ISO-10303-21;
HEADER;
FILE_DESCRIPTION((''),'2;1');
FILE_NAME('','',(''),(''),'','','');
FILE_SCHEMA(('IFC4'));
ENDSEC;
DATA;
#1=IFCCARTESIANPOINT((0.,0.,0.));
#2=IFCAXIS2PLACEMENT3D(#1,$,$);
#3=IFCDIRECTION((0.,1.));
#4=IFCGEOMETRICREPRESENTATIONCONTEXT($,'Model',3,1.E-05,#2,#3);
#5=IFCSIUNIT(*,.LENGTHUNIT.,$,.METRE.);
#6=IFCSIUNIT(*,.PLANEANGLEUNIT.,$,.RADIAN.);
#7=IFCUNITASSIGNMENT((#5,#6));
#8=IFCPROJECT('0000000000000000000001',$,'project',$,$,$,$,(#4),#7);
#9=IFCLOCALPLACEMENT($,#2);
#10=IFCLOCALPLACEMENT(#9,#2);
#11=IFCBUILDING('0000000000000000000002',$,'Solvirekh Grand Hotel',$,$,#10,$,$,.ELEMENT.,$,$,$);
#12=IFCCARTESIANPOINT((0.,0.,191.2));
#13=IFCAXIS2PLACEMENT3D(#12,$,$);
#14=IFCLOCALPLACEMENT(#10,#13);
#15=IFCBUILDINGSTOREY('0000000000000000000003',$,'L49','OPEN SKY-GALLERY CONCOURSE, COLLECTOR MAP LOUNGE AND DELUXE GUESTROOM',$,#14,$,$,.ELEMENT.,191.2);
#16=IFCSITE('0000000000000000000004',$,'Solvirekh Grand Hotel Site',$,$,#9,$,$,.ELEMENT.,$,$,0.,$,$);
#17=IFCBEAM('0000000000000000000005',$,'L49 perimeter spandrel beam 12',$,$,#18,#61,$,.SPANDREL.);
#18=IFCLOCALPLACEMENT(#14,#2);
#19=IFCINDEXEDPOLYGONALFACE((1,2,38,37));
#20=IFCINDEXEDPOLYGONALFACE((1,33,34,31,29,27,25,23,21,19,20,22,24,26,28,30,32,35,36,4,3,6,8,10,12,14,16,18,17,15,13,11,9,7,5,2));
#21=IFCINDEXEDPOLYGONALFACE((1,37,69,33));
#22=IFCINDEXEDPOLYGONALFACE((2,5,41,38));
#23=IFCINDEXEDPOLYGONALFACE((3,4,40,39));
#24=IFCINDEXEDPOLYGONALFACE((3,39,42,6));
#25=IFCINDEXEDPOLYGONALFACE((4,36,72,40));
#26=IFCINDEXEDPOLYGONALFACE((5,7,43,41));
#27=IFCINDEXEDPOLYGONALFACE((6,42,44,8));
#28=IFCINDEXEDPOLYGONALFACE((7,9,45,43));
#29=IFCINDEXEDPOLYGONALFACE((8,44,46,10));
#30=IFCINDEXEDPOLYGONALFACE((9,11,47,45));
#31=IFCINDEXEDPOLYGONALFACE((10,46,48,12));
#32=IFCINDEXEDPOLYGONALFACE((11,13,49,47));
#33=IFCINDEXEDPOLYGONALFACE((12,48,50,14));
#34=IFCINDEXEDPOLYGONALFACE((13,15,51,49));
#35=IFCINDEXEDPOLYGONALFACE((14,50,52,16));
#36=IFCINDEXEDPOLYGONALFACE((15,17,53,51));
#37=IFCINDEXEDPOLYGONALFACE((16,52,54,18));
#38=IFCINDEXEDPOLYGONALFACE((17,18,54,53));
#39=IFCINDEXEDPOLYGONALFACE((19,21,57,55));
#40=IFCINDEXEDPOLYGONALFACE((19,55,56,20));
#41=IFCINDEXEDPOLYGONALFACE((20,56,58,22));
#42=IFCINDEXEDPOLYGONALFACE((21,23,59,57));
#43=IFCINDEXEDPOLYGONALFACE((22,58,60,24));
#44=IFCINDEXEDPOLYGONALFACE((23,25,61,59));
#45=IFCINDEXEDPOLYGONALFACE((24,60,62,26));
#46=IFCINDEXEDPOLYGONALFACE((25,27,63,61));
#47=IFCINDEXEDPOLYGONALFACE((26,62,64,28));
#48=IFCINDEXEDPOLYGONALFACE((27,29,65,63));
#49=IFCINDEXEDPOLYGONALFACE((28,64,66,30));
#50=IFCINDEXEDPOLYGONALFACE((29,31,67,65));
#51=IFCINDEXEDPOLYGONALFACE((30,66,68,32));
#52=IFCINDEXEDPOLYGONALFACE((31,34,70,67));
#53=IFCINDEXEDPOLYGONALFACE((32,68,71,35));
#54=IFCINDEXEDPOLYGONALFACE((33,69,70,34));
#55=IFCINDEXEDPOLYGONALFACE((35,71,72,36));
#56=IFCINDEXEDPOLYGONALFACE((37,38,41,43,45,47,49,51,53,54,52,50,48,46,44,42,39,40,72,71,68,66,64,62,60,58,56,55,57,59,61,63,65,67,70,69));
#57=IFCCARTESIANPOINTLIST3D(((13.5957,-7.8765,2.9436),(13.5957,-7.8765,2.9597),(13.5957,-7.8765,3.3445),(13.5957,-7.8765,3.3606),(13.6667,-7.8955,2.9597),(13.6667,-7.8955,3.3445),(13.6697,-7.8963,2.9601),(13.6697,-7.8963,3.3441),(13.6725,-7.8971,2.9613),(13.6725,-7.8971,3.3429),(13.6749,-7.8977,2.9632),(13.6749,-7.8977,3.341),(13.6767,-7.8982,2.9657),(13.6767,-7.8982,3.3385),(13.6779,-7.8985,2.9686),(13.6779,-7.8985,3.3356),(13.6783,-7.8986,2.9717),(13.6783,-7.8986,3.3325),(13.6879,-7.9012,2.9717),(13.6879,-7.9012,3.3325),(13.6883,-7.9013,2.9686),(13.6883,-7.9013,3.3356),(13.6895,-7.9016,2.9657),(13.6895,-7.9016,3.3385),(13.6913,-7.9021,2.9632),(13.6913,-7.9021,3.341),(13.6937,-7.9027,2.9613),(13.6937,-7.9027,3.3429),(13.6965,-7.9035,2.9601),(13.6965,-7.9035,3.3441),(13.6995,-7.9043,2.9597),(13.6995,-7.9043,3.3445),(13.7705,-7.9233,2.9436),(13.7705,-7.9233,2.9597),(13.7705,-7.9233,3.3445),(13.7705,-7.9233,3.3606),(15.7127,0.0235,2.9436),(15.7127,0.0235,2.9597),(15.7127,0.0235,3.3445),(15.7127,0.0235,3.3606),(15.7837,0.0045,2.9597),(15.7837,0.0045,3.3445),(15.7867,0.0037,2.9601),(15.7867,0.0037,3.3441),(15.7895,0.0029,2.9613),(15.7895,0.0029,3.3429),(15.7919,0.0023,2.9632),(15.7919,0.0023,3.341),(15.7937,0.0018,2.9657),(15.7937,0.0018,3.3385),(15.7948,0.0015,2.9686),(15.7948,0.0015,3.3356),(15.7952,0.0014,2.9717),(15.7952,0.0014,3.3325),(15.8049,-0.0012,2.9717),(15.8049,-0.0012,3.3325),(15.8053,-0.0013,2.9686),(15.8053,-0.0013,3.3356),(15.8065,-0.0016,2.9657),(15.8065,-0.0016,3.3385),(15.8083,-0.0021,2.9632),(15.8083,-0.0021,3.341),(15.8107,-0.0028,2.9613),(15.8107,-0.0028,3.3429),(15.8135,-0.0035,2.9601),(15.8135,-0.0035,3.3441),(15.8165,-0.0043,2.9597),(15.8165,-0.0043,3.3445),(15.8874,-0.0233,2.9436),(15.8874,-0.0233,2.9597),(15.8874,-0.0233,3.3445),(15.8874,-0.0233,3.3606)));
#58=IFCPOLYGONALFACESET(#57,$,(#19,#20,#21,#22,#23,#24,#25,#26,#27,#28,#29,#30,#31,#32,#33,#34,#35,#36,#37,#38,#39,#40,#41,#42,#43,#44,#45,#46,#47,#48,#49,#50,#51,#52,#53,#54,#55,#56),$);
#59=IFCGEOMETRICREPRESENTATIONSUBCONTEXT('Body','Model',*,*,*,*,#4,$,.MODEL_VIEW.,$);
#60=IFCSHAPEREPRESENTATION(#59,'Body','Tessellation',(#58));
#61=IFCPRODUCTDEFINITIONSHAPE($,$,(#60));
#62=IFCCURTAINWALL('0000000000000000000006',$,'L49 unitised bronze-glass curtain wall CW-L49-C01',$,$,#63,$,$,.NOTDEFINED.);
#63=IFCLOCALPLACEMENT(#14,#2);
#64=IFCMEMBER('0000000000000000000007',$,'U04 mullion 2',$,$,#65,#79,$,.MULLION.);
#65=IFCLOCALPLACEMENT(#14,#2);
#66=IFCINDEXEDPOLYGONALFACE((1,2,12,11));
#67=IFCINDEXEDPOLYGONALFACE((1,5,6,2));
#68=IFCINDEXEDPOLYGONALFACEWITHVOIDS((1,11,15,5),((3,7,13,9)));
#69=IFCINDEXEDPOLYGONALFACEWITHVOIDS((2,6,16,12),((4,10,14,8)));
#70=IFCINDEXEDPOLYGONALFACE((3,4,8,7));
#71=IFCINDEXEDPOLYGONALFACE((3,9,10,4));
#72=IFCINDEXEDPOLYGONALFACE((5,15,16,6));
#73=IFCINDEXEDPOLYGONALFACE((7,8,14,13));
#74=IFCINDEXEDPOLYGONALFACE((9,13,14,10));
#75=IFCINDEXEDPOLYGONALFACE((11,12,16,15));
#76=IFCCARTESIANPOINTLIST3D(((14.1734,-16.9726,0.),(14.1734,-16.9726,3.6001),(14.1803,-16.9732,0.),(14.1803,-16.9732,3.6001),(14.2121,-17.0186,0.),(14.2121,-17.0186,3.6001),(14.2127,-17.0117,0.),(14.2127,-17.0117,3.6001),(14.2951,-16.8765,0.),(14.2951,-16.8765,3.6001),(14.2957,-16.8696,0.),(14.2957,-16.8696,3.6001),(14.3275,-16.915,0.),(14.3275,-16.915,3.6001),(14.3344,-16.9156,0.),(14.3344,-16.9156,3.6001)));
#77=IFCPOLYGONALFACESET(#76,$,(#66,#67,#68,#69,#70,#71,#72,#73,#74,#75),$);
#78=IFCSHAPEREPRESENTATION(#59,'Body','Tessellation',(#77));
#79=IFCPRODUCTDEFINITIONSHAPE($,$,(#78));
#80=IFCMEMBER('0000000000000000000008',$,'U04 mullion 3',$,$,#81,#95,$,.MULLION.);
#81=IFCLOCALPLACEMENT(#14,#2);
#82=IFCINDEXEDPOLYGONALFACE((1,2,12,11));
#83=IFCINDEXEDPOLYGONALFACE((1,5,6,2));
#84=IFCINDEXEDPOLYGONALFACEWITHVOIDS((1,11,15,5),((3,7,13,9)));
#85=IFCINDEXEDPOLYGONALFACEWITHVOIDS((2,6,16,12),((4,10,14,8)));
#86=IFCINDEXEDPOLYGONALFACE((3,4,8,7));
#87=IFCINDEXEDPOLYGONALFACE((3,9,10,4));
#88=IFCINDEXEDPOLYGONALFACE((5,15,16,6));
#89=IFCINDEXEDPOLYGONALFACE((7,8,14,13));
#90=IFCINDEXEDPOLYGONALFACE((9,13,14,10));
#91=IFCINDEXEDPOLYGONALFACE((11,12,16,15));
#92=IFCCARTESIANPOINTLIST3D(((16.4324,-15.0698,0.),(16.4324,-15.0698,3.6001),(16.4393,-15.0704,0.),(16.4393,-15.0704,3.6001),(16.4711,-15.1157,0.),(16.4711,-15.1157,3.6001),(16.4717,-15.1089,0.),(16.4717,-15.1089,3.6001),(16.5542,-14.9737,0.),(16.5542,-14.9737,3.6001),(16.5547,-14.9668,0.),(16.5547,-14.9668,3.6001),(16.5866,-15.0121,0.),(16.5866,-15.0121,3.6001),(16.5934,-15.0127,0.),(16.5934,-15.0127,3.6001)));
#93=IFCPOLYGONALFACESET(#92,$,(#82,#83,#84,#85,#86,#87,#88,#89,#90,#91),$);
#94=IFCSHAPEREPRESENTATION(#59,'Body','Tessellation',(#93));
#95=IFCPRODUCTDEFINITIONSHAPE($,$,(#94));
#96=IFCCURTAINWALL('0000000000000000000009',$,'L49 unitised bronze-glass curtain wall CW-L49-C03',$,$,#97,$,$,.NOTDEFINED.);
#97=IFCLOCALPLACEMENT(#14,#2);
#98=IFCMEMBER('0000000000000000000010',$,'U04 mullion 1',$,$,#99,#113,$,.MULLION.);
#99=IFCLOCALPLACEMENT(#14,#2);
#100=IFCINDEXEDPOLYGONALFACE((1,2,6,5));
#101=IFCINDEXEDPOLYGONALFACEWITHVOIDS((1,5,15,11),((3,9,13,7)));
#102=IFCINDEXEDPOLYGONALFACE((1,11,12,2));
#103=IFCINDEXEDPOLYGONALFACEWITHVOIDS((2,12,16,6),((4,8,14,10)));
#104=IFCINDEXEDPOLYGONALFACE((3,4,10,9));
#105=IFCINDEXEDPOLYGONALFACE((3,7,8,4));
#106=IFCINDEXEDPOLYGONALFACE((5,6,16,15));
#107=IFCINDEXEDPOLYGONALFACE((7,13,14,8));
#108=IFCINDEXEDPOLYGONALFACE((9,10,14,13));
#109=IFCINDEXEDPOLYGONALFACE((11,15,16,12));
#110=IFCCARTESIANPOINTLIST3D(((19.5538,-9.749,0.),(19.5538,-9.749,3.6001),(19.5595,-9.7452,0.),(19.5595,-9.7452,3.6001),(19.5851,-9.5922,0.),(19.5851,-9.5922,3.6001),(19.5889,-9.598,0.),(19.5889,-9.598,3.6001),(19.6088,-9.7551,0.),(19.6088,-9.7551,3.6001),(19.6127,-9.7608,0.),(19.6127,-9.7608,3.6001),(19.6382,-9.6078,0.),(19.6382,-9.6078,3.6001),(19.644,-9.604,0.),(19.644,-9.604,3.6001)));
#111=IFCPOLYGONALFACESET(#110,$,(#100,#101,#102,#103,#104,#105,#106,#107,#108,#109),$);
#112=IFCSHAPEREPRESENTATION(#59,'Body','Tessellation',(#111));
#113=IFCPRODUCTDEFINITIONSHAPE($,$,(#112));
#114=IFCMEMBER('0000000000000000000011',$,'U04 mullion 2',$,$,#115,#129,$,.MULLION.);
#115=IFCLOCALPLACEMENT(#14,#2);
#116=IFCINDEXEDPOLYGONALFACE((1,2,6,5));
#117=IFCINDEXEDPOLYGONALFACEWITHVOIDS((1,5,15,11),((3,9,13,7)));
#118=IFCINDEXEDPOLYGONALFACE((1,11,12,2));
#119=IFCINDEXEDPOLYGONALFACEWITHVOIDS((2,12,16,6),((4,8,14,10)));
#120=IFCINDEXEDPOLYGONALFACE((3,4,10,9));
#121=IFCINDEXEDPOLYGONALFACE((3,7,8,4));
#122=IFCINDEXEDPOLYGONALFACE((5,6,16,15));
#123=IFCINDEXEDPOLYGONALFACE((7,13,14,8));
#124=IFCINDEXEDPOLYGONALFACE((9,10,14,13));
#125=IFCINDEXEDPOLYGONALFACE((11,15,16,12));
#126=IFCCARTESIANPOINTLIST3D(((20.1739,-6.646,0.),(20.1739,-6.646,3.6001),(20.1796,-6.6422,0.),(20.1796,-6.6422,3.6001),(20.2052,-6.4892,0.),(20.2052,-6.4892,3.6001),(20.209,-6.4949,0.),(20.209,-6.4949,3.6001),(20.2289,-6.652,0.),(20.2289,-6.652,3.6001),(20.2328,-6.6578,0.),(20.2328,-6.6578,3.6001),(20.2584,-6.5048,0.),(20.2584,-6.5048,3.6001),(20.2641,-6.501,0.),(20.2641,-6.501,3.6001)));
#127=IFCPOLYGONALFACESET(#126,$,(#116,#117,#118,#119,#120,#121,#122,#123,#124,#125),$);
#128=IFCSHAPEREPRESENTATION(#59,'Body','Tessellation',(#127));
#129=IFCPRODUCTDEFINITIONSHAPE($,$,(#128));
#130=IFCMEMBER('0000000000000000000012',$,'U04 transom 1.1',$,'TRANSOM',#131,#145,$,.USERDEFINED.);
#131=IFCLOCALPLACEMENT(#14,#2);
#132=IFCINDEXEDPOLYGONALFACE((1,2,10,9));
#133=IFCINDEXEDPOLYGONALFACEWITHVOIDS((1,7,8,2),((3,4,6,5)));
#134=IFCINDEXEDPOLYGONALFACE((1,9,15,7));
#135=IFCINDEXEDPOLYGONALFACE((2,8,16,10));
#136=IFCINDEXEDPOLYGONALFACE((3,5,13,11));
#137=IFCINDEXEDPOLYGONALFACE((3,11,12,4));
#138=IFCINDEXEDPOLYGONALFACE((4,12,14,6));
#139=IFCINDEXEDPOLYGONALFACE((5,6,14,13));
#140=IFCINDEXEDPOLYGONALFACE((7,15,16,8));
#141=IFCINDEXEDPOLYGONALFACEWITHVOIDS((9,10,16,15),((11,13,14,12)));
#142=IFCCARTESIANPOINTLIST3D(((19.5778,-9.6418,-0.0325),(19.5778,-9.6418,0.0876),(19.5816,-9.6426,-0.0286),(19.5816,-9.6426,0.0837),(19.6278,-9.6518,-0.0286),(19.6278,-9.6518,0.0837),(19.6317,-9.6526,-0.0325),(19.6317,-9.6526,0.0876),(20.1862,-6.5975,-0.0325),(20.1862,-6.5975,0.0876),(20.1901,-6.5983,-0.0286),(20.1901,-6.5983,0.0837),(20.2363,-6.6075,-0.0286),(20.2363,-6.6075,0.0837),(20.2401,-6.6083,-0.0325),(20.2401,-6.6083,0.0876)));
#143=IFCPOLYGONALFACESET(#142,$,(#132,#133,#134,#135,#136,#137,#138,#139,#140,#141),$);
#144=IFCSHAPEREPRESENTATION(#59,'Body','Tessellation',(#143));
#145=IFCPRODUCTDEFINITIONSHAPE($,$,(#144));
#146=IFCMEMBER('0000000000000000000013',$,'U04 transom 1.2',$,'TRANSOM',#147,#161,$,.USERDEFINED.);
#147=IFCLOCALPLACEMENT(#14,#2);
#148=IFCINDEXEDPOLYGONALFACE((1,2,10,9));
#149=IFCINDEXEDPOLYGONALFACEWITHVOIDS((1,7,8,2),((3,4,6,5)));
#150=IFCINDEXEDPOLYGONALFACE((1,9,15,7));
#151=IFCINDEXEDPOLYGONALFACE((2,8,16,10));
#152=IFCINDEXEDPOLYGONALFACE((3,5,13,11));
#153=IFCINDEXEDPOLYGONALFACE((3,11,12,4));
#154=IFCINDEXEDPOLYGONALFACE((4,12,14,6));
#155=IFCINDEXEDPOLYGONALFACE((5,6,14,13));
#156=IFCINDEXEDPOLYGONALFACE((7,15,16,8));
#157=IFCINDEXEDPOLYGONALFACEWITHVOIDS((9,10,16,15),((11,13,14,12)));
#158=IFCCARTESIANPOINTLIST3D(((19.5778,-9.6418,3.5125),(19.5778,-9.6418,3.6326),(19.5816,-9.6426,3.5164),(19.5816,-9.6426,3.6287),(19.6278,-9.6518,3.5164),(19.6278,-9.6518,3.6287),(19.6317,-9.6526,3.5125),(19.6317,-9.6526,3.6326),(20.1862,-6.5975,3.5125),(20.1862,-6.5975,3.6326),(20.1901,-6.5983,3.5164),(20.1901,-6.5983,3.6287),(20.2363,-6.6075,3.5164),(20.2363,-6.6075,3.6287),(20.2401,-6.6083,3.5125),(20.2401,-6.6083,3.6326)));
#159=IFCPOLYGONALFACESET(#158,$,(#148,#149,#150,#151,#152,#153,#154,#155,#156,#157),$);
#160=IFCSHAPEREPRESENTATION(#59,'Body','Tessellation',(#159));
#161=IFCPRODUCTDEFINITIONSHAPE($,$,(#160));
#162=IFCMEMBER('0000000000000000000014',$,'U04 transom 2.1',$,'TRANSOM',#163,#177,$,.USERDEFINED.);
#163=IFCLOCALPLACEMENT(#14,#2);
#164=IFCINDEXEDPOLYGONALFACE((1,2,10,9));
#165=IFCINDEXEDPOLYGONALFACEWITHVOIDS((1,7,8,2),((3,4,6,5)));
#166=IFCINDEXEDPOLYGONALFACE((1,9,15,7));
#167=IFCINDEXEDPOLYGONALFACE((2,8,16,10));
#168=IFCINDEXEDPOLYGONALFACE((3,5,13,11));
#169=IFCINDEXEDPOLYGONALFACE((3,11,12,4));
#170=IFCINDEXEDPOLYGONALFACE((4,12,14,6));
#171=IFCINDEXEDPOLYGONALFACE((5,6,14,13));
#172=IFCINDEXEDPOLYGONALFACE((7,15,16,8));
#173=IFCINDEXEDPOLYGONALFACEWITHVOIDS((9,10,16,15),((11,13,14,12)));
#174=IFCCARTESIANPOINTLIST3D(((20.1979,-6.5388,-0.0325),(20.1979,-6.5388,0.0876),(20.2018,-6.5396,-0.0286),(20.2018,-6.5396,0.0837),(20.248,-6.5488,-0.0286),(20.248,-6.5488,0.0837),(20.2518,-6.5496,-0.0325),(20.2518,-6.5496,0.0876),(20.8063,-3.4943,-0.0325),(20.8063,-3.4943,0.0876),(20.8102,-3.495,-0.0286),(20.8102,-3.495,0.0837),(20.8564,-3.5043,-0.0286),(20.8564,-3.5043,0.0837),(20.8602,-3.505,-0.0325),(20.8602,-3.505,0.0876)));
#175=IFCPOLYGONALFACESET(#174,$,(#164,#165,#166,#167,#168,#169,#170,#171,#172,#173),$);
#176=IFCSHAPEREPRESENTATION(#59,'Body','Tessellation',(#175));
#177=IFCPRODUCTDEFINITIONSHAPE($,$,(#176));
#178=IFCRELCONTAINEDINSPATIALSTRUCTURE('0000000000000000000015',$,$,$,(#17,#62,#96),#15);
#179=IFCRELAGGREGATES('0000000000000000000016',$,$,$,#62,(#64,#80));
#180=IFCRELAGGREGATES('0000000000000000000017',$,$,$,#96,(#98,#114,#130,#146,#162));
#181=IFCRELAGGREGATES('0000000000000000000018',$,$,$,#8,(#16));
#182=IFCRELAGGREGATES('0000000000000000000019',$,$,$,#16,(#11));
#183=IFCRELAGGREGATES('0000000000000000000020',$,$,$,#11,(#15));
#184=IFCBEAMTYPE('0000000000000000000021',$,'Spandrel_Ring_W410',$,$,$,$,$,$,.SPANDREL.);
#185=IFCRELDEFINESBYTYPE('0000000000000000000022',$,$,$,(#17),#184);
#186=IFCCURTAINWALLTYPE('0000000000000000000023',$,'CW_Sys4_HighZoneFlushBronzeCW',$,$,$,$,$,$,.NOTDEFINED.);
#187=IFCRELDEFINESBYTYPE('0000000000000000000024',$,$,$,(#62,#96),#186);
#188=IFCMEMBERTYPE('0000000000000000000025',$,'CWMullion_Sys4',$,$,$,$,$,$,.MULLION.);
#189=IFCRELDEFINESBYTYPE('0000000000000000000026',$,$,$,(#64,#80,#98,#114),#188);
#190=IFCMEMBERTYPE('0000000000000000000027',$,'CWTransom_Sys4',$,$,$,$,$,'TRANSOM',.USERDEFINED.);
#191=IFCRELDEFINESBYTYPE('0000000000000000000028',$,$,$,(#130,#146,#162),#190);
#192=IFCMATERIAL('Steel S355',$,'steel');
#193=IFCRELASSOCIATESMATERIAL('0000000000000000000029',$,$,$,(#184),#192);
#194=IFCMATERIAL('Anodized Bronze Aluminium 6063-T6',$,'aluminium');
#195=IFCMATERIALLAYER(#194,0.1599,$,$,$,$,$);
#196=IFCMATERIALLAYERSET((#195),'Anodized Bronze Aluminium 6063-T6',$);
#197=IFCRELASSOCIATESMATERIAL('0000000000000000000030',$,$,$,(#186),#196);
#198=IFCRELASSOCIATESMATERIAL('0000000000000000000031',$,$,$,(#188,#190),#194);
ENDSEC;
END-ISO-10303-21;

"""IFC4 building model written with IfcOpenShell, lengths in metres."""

from ifc_helpers import new_model, si_unit, direction, frame, origin, origin_2d, place, context, subcontext, project, spatial, hollow_rectangle, i_section, extrude, source, transform, mapped, material, layer, layer_set, material_profile, profile_set, type_object, element, aggregate, save


model = new_model("IFC4")

# Units and contexts
model_context = context("Model", 3, precision=1e-05, world=origin(), true_north=direction((0.0, 1.0)))
body_context = subcontext(model_context, "Body", "Model", "MODEL_VIEW")
ifc_project = project(units=[si_unit("LENGTHUNIT", "METRE"), si_unit("PLANEANGLEUNIT", "RADIAN")], contexts=[model_context])

# Site, building, storey
site_placement = place(None, origin())
site = spatial("IfcSite", under=ifc_project, at=site_placement, Name="Solvirekh Grand Hotel Site", CompositionType="ELEMENT", RefElevation=0.0)
building_placement = place(site_placement, origin())
building = spatial("IfcBuilding", under=site, at=building_placement, Name="Solvirekh Grand Hotel", CompositionType="ELEMENT")
storey_placement = place(building_placement, frame((0.0, 0.0, 191.2)))
storey = spatial("IfcBuildingStorey", under=building, at=storey_placement, Name="L49", Description="OPEN SKY-GALLERY CONCOURSE, COLLECTOR MAP LOUNGE AND DELUXE GUESTROOM", CompositionType="ELEMENT", Elevation=191.2)

# Beam
ifc_material_1 = material(Name="Steel S355", Category="steel")
ifc_material_profile_1 = material_profile(ifc_material_1, i_section(OverallWidth=0.1809, OverallDepth=0.417, WebThickness=0.01, FlangeThickness=0.0161, FilletRadius=0.012, at=origin_2d()), Name="W410X85")
ifc_profile_set_1 = profile_set([ifc_material_profile_1], Name="Steel S355")
beam_type = type_object("IfcBeamType", Name="Spandrel_Ring_W410", PredefinedType="SPANDREL", material=ifc_profile_set_1)
beam_placement = place(storey_placement, frame((13.6831, -7.8999, 3.1521), z_axis=(0.258839, 0.965921, 0.0), x_axis=(-0.965921, 0.258839, 0.0)))
element("IfcBeam", 1, at=beam_placement, inside=storey, type_object=beam_type, Name="L49 perimeter spandrel beam 12", PredefinedType="SPANDREL", context=body_context, shape_type="SweptSolid", body=[
    extrude(i_section(OverallWidth=0.1809, OverallDepth=0.417, WebThickness=0.01, FlangeThickness=0.0161, FilletRadius=0.012, at=origin_2d()), origin(), (0.0, 0.0, 1.0), 8.1787),
])

# Curtain walls, members
ifc_material_2 = material(Name="Anodized Bronze Aluminium 6063-T6", Category="aluminium")
ifc_layer_1 = layer(ifc_material_2, 0.1599)
ifc_layer_set_1 = layer_set([ifc_layer_1], Name="Anodized Bronze Aluminium 6063-T6")
curtain_wall_type = type_object("IfcCurtainWallType", Name="CW_Sys4_HighZoneFlushBronzeCW", PredefinedType="NOTDEFINED", material=ifc_layer_set_1)
curtain_wall_1_placement = place(storey_placement, origin())
curtain_wall_1 = element("IfcCurtainWall", 2, at=curtain_wall_1_placement, inside=storey, type_object=curtain_wall_type, Name="L49 unitised bronze-glass curtain wall CW-L49-C01", PredefinedType="NOTDEFINED")
ifc_material_profile_2 = material_profile(ifc_material_2, hollow_rectangle(XDim=0.0601, YDim=0.1599, WallThickness=0.0049, at=origin_2d()), Name="ALU RHS 160X60X5")
ifc_profile_set_2 = profile_set([ifc_material_profile_2], Name="Anodized Bronze Aluminium 6063-T6")
member_type_1 = type_object("IfcMemberType", Name="CWMullion_Sys4", PredefinedType="MULLION", material=ifc_profile_set_2)
shared_shape_1 = source(origin(), body_context, "Body", "SweptSolid", [
    extrude(hollow_rectangle(XDim=0.0601, YDim=0.1599, WallThickness=0.0049, at=origin_2d()), origin(), (0.0, 0.0, 1.0), 3.6001),
])
member_1_placement = place(storey_placement, frame((14.2539, -16.9441, 0.0), z_axis=(0.0, 0.0, 1.0), x_axis=(-0.644198, 0.764859, 0.0)))
member_1 = element("IfcMember", 3, at=member_1_placement, type_object=member_type_1, Name="U04 mullion 2", PredefinedType="MULLION", context=body_context, shape_type="MappedRepresentation", body=[
    mapped(shared_shape_1, transform((0.0, 0.0, 0.0), x_axis=(1.0, 0.0, 0.0), y_axis=(0.0, 1.0, 0.0), z_axis=(0.0, 0.0, 1.0), scale=1.0)),
])
member_2_placement = place(storey_placement, frame((16.5129, -15.0413, 0.0), z_axis=(0.0, 0.0, 1.0), x_axis=(-0.644198, 0.764859, 0.0)))
member_2 = element("IfcMember", 4, at=member_2_placement, type_object=member_type_1, Name="U04 mullion 3", PredefinedType="MULLION", context=body_context, shape_type="MappedRepresentation", body=[
    mapped(shared_shape_1, transform((0.0, 0.0, 0.0), x_axis=(1.0, 0.0, 0.0), y_axis=(0.0, 1.0, 0.0), z_axis=(0.0, 0.0, 1.0), scale=1.0)),
])
curtain_wall_2_placement = place(storey_placement, origin())
curtain_wall_2 = element("IfcCurtainWall", 5, at=curtain_wall_2_placement, inside=storey, type_object=curtain_wall_type, Name="L49 unitised bronze-glass curtain wall CW-L49-C03", PredefinedType="NOTDEFINED")
member_3_placement = place(storey_placement, frame((19.5989, -9.6765, 0.0), z_axis=(0.0, 0.0, 1.0), x_axis=(-0.980611, 0.195966, 0.0)))
member_3 = element("IfcMember", 6, at=member_3_placement, type_object=member_type_1, Name="U04 mullion 1", PredefinedType="MULLION", context=body_context, shape_type="MappedRepresentation", body=[
    mapped(shared_shape_1, transform((0.0, 0.0, 0.0), x_axis=(1.0, 0.0, 0.0), y_axis=(0.0, 1.0, 0.0), z_axis=(0.0, 0.0, 1.0), scale=1.0)),
])
member_4_placement = place(storey_placement, frame((20.219, -6.5735, 0.0), z_axis=(0.0, 0.0, 1.0), x_axis=(-0.980611, 0.195966, 0.0)))
member_4 = element("IfcMember", 7, at=member_4_placement, type_object=member_type_1, Name="U04 mullion 2", PredefinedType="MULLION", context=body_context, shape_type="MappedRepresentation", body=[
    mapped(shared_shape_1, transform((0.0, 0.0, 0.0), x_axis=(1.0, 0.0, 0.0), y_axis=(0.0, 1.0, 0.0), z_axis=(0.0, 0.0, 1.0), scale=1.0)),
])
ifc_material_profile_3 = material_profile(ifc_material_2, hollow_rectangle(XDim=0.0549, YDim=0.1201, WallThickness=0.0039, at=origin_2d()), Name="ALU RHS 120X55X4")
ifc_profile_set_3 = profile_set([ifc_material_profile_3], Name="Anodized Bronze Aluminium 6063-T6")
member_type_2 = type_object("IfcMemberType", Name="CWTransom_Sys4", ElementType="TRANSOM", PredefinedType="USERDEFINED", material=ifc_profile_set_3)
shared_shape_2 = source(origin(), body_context, "Body", "SweptSolid", [
    extrude(hollow_rectangle(XDim=0.0549, YDim=0.1201, WallThickness=0.0039, at=origin_2d()), origin(), (0.0, 0.0, 1.0), 3.1045),
])
member_5_placement = place(storey_placement, frame((19.6047, -9.6472, 0.0276), z_axis=(0.19598, 0.980608, 0.0), x_axis=(-0.980608, 0.19598, 0.0)))
member_5 = element("IfcMember", 8, at=member_5_placement, type_object=member_type_2, Name="U04 transom 1.1", ObjectType="TRANSOM", PredefinedType="USERDEFINED", context=body_context, shape_type="MappedRepresentation", body=[
    mapped(shared_shape_2, transform((0.0, 0.0, 0.0), x_axis=(1.0, 0.0, 0.0), y_axis=(0.0, 1.0, 0.0), z_axis=(0.0, 0.0, 1.0), scale=1.0)),
])
member_6_placement = place(storey_placement, frame((19.6047, -9.6472, 3.5725), z_axis=(0.19598, 0.980608, 0.0), x_axis=(-0.980608, 0.19598, 0.0)))
member_6 = element("IfcMember", 9, at=member_6_placement, type_object=member_type_2, Name="U04 transom 1.2", ObjectType="TRANSOM", PredefinedType="USERDEFINED", context=body_context, shape_type="MappedRepresentation", body=[
    mapped(shared_shape_2, transform((0.0, 0.0, 0.0), x_axis=(1.0, 0.0, 0.0), y_axis=(0.0, 1.0, 0.0), z_axis=(0.0, 0.0, 1.0), scale=1.0)),
])
shared_shape_3 = source(origin(), body_context, "Body", "SweptSolid", [
    extrude(hollow_rectangle(XDim=0.0549, YDim=0.1201, WallThickness=0.0039, at=origin_2d()), origin(), (0.0, 0.0, 1.0), 3.1047),
])
member_7_placement = place(storey_placement, frame((20.2249, -6.5442, 0.0276), z_axis=(0.195965, 0.980611, 0.0), x_axis=(-0.980611, 0.195965, 0.0)))
member_7 = element("IfcMember", 10, at=member_7_placement, type_object=member_type_2, Name="U04 transom 2.1", ObjectType="TRANSOM", PredefinedType="USERDEFINED", context=body_context, shape_type="MappedRepresentation", body=[
    mapped(shared_shape_3, transform((0.0, 0.0, 0.0), x_axis=(1.0, 0.0, 0.0), y_axis=(0.0, 1.0, 0.0), z_axis=(0.0, 0.0, 1.0), scale=1.0)),
])

aggregate(curtain_wall_1, [member_1, member_2])
aggregate(curtain_wall_2, [member_3, member_4, member_5, member_6, member_7])

save(model, "model.ifc")
